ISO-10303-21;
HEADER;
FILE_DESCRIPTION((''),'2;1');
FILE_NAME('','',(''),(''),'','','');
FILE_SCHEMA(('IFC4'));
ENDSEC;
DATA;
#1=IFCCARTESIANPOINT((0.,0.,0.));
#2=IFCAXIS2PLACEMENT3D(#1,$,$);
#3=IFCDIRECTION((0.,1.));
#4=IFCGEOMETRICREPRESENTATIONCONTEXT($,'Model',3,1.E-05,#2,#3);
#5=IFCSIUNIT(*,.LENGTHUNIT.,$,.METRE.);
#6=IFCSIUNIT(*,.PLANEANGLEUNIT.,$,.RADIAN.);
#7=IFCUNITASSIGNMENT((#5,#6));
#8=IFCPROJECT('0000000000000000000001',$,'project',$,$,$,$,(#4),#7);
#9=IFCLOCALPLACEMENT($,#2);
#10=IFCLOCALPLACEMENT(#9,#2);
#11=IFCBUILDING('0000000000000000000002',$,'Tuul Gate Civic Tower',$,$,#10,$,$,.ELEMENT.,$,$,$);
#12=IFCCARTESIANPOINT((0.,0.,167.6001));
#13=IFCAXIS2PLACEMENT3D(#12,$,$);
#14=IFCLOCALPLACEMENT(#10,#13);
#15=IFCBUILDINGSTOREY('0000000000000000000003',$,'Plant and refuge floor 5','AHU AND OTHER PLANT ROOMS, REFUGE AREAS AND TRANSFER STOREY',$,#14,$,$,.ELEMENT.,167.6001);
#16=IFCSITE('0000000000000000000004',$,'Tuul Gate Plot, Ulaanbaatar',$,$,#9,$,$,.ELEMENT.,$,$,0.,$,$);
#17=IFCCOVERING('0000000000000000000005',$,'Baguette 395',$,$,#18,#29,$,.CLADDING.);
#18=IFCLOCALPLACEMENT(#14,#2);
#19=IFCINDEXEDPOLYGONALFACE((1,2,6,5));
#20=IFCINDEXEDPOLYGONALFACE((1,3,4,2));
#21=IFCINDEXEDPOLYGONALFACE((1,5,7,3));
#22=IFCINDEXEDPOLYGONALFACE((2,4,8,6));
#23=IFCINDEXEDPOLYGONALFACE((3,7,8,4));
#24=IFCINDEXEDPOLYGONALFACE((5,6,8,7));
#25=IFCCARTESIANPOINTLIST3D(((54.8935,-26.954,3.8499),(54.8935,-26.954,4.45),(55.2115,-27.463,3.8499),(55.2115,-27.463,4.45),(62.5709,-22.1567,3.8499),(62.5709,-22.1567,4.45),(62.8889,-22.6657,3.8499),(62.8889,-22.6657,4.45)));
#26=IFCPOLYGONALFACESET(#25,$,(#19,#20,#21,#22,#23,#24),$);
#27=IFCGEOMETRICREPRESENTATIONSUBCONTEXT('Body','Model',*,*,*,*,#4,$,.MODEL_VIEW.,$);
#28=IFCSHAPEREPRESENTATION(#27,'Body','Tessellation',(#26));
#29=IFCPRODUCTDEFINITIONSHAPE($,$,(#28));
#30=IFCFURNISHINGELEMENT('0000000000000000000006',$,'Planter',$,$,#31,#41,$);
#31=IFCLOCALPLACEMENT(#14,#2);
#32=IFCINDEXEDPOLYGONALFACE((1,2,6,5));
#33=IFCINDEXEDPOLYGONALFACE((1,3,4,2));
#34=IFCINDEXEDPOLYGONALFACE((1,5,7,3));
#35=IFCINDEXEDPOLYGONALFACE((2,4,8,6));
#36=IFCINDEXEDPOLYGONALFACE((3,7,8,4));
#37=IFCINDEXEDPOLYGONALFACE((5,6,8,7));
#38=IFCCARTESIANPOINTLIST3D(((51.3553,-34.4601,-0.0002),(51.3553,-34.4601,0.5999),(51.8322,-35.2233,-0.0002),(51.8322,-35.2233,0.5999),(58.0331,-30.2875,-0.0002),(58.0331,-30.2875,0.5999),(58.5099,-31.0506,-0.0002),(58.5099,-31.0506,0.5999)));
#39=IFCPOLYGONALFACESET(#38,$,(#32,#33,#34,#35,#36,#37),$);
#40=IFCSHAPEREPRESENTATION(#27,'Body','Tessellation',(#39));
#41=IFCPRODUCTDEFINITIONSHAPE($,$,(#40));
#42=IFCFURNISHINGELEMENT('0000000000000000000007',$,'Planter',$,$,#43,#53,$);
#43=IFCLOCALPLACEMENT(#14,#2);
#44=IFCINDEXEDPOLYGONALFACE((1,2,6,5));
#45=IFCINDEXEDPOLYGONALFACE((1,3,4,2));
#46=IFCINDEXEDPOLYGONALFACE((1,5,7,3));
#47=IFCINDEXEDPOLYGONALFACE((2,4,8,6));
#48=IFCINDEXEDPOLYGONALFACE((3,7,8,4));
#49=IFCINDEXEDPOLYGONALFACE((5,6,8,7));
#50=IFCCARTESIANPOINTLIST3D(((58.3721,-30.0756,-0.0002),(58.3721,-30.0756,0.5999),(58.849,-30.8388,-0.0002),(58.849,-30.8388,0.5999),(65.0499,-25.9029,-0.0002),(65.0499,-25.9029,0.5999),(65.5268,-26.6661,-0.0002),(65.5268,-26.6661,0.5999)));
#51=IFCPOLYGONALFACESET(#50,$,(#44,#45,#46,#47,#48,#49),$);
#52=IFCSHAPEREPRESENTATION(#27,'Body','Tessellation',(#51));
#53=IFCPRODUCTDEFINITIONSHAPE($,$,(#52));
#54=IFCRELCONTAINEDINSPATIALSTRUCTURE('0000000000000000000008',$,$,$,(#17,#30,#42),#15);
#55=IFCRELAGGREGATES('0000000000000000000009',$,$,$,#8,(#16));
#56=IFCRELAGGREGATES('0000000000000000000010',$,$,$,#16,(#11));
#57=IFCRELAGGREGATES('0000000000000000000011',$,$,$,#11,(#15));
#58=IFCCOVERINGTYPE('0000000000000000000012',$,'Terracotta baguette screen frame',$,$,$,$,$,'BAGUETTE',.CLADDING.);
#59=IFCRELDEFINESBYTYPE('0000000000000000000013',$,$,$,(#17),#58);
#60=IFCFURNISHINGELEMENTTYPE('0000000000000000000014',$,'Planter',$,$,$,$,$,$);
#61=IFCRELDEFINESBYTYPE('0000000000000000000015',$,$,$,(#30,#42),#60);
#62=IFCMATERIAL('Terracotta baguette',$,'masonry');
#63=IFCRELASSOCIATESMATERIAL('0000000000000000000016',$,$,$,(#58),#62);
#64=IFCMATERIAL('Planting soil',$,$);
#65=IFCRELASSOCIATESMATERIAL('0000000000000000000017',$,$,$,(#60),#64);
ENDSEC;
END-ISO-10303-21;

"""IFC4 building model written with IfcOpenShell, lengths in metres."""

from ifc_helpers import new_model, si_unit, direction, frame, origin, origin_2d, place, context, subcontext, project, spatial, rectangle, extrude, material, material_profile, profile_set, type_object, element, save


model = new_model("IFC4")

# Units and contexts
model_context = context("Model", 3, precision=1e-05, world=origin(), true_north=direction((0.0, 1.0)))
body_context = subcontext(model_context, "Body", "Model", "MODEL_VIEW")
ifc_project = project(units=[si_unit("LENGTHUNIT", "METRE"), si_unit("PLANEANGLEUNIT", "RADIAN")], contexts=[model_context])

# Site, building, storey
site_placement = place(None, origin())
site = spatial("IfcSite", under=ifc_project, at=site_placement, Name="Tuul Gate Plot, Ulaanbaatar", CompositionType="ELEMENT", RefElevation=0.0)
building_placement = place(site_placement, origin())
building = spatial("IfcBuilding", under=site, at=building_placement, Name="Tuul Gate Civic Tower", CompositionType="ELEMENT")
storey_placement = place(building_placement, frame((0.0, 0.0, 167.6001)))
storey = spatial("IfcBuildingStorey", under=building, at=storey_placement, Name="Plant and refuge floor 5", Description="AHU AND OTHER PLANT ROOMS, REFUGE AREAS AND TRANSFER STOREY", CompositionType="ELEMENT", Elevation=167.6001)

# Covering
ifc_material_1 = material(Name="Terracotta baguette", Category="masonry")
ifc_material_profile_1 = material_profile(ifc_material_1, rectangle(XDim=0.6001, YDim=0.6001, at=origin_2d()), Name="Terracotta baguette screen frame")
ifc_profile_set_1 = profile_set([ifc_material_profile_1], Name="Terracotta baguette")
covering_type = type_object("IfcCoveringType", Name="Terracotta baguette screen frame", ElementType="BAGUETTE", PredefinedType="CLADDING", material=ifc_profile_set_1)
covering_placement = place(storey_placement, frame((55.0525, -27.2085, 4.1499), z_axis=(0.848051, 0.529914, 0.0), x_axis=(-0.529914, 0.848051, 0.0)))
element("IfcCovering", 1, at=covering_placement, inside=storey, type_object=covering_type, Name="Baguette 395", PredefinedType="CLADDING", context=body_context, shape_type="SweptSolid", body=[
    extrude(rectangle(XDim=0.6001, YDim=0.6001, at=origin_2d()), origin(), (0.0, 0.0, 1.0), 9.053),
])

# Furnishing elements
ifc_material_2 = material(Name="Planting soil")
furnishing_element_type = type_object("IfcFurnishingElementType", Name="Planter", material=ifc_material_2)
for number, where, z_axis, x_axis, name in (
    (2, (54.9326, -32.7554, -0.0002), (0.0, 0.0, 1.0), (0.848053, 0.529912, 0.0), "Planter"),
    (3, (61.9495, -28.3708, -0.0002), (0.0, 0.0, 1.0), (0.848053, 0.529912, 0.0), "Planter"),
):
    element("IfcFurnishingElement", number, at=place(storey_placement, frame(where, z_axis=z_axis, x_axis=x_axis)), inside=storey, type_object=furnishing_element_type, Name=name, context=body_context, shape_type="SweptSolid", body=[
        extrude(rectangle(XDim=7.8743, YDim=0.8999, at=origin_2d()), origin(), (0.0, 0.0, 1.0), 0.6001),
    ])

save(model, "model.ifc")
